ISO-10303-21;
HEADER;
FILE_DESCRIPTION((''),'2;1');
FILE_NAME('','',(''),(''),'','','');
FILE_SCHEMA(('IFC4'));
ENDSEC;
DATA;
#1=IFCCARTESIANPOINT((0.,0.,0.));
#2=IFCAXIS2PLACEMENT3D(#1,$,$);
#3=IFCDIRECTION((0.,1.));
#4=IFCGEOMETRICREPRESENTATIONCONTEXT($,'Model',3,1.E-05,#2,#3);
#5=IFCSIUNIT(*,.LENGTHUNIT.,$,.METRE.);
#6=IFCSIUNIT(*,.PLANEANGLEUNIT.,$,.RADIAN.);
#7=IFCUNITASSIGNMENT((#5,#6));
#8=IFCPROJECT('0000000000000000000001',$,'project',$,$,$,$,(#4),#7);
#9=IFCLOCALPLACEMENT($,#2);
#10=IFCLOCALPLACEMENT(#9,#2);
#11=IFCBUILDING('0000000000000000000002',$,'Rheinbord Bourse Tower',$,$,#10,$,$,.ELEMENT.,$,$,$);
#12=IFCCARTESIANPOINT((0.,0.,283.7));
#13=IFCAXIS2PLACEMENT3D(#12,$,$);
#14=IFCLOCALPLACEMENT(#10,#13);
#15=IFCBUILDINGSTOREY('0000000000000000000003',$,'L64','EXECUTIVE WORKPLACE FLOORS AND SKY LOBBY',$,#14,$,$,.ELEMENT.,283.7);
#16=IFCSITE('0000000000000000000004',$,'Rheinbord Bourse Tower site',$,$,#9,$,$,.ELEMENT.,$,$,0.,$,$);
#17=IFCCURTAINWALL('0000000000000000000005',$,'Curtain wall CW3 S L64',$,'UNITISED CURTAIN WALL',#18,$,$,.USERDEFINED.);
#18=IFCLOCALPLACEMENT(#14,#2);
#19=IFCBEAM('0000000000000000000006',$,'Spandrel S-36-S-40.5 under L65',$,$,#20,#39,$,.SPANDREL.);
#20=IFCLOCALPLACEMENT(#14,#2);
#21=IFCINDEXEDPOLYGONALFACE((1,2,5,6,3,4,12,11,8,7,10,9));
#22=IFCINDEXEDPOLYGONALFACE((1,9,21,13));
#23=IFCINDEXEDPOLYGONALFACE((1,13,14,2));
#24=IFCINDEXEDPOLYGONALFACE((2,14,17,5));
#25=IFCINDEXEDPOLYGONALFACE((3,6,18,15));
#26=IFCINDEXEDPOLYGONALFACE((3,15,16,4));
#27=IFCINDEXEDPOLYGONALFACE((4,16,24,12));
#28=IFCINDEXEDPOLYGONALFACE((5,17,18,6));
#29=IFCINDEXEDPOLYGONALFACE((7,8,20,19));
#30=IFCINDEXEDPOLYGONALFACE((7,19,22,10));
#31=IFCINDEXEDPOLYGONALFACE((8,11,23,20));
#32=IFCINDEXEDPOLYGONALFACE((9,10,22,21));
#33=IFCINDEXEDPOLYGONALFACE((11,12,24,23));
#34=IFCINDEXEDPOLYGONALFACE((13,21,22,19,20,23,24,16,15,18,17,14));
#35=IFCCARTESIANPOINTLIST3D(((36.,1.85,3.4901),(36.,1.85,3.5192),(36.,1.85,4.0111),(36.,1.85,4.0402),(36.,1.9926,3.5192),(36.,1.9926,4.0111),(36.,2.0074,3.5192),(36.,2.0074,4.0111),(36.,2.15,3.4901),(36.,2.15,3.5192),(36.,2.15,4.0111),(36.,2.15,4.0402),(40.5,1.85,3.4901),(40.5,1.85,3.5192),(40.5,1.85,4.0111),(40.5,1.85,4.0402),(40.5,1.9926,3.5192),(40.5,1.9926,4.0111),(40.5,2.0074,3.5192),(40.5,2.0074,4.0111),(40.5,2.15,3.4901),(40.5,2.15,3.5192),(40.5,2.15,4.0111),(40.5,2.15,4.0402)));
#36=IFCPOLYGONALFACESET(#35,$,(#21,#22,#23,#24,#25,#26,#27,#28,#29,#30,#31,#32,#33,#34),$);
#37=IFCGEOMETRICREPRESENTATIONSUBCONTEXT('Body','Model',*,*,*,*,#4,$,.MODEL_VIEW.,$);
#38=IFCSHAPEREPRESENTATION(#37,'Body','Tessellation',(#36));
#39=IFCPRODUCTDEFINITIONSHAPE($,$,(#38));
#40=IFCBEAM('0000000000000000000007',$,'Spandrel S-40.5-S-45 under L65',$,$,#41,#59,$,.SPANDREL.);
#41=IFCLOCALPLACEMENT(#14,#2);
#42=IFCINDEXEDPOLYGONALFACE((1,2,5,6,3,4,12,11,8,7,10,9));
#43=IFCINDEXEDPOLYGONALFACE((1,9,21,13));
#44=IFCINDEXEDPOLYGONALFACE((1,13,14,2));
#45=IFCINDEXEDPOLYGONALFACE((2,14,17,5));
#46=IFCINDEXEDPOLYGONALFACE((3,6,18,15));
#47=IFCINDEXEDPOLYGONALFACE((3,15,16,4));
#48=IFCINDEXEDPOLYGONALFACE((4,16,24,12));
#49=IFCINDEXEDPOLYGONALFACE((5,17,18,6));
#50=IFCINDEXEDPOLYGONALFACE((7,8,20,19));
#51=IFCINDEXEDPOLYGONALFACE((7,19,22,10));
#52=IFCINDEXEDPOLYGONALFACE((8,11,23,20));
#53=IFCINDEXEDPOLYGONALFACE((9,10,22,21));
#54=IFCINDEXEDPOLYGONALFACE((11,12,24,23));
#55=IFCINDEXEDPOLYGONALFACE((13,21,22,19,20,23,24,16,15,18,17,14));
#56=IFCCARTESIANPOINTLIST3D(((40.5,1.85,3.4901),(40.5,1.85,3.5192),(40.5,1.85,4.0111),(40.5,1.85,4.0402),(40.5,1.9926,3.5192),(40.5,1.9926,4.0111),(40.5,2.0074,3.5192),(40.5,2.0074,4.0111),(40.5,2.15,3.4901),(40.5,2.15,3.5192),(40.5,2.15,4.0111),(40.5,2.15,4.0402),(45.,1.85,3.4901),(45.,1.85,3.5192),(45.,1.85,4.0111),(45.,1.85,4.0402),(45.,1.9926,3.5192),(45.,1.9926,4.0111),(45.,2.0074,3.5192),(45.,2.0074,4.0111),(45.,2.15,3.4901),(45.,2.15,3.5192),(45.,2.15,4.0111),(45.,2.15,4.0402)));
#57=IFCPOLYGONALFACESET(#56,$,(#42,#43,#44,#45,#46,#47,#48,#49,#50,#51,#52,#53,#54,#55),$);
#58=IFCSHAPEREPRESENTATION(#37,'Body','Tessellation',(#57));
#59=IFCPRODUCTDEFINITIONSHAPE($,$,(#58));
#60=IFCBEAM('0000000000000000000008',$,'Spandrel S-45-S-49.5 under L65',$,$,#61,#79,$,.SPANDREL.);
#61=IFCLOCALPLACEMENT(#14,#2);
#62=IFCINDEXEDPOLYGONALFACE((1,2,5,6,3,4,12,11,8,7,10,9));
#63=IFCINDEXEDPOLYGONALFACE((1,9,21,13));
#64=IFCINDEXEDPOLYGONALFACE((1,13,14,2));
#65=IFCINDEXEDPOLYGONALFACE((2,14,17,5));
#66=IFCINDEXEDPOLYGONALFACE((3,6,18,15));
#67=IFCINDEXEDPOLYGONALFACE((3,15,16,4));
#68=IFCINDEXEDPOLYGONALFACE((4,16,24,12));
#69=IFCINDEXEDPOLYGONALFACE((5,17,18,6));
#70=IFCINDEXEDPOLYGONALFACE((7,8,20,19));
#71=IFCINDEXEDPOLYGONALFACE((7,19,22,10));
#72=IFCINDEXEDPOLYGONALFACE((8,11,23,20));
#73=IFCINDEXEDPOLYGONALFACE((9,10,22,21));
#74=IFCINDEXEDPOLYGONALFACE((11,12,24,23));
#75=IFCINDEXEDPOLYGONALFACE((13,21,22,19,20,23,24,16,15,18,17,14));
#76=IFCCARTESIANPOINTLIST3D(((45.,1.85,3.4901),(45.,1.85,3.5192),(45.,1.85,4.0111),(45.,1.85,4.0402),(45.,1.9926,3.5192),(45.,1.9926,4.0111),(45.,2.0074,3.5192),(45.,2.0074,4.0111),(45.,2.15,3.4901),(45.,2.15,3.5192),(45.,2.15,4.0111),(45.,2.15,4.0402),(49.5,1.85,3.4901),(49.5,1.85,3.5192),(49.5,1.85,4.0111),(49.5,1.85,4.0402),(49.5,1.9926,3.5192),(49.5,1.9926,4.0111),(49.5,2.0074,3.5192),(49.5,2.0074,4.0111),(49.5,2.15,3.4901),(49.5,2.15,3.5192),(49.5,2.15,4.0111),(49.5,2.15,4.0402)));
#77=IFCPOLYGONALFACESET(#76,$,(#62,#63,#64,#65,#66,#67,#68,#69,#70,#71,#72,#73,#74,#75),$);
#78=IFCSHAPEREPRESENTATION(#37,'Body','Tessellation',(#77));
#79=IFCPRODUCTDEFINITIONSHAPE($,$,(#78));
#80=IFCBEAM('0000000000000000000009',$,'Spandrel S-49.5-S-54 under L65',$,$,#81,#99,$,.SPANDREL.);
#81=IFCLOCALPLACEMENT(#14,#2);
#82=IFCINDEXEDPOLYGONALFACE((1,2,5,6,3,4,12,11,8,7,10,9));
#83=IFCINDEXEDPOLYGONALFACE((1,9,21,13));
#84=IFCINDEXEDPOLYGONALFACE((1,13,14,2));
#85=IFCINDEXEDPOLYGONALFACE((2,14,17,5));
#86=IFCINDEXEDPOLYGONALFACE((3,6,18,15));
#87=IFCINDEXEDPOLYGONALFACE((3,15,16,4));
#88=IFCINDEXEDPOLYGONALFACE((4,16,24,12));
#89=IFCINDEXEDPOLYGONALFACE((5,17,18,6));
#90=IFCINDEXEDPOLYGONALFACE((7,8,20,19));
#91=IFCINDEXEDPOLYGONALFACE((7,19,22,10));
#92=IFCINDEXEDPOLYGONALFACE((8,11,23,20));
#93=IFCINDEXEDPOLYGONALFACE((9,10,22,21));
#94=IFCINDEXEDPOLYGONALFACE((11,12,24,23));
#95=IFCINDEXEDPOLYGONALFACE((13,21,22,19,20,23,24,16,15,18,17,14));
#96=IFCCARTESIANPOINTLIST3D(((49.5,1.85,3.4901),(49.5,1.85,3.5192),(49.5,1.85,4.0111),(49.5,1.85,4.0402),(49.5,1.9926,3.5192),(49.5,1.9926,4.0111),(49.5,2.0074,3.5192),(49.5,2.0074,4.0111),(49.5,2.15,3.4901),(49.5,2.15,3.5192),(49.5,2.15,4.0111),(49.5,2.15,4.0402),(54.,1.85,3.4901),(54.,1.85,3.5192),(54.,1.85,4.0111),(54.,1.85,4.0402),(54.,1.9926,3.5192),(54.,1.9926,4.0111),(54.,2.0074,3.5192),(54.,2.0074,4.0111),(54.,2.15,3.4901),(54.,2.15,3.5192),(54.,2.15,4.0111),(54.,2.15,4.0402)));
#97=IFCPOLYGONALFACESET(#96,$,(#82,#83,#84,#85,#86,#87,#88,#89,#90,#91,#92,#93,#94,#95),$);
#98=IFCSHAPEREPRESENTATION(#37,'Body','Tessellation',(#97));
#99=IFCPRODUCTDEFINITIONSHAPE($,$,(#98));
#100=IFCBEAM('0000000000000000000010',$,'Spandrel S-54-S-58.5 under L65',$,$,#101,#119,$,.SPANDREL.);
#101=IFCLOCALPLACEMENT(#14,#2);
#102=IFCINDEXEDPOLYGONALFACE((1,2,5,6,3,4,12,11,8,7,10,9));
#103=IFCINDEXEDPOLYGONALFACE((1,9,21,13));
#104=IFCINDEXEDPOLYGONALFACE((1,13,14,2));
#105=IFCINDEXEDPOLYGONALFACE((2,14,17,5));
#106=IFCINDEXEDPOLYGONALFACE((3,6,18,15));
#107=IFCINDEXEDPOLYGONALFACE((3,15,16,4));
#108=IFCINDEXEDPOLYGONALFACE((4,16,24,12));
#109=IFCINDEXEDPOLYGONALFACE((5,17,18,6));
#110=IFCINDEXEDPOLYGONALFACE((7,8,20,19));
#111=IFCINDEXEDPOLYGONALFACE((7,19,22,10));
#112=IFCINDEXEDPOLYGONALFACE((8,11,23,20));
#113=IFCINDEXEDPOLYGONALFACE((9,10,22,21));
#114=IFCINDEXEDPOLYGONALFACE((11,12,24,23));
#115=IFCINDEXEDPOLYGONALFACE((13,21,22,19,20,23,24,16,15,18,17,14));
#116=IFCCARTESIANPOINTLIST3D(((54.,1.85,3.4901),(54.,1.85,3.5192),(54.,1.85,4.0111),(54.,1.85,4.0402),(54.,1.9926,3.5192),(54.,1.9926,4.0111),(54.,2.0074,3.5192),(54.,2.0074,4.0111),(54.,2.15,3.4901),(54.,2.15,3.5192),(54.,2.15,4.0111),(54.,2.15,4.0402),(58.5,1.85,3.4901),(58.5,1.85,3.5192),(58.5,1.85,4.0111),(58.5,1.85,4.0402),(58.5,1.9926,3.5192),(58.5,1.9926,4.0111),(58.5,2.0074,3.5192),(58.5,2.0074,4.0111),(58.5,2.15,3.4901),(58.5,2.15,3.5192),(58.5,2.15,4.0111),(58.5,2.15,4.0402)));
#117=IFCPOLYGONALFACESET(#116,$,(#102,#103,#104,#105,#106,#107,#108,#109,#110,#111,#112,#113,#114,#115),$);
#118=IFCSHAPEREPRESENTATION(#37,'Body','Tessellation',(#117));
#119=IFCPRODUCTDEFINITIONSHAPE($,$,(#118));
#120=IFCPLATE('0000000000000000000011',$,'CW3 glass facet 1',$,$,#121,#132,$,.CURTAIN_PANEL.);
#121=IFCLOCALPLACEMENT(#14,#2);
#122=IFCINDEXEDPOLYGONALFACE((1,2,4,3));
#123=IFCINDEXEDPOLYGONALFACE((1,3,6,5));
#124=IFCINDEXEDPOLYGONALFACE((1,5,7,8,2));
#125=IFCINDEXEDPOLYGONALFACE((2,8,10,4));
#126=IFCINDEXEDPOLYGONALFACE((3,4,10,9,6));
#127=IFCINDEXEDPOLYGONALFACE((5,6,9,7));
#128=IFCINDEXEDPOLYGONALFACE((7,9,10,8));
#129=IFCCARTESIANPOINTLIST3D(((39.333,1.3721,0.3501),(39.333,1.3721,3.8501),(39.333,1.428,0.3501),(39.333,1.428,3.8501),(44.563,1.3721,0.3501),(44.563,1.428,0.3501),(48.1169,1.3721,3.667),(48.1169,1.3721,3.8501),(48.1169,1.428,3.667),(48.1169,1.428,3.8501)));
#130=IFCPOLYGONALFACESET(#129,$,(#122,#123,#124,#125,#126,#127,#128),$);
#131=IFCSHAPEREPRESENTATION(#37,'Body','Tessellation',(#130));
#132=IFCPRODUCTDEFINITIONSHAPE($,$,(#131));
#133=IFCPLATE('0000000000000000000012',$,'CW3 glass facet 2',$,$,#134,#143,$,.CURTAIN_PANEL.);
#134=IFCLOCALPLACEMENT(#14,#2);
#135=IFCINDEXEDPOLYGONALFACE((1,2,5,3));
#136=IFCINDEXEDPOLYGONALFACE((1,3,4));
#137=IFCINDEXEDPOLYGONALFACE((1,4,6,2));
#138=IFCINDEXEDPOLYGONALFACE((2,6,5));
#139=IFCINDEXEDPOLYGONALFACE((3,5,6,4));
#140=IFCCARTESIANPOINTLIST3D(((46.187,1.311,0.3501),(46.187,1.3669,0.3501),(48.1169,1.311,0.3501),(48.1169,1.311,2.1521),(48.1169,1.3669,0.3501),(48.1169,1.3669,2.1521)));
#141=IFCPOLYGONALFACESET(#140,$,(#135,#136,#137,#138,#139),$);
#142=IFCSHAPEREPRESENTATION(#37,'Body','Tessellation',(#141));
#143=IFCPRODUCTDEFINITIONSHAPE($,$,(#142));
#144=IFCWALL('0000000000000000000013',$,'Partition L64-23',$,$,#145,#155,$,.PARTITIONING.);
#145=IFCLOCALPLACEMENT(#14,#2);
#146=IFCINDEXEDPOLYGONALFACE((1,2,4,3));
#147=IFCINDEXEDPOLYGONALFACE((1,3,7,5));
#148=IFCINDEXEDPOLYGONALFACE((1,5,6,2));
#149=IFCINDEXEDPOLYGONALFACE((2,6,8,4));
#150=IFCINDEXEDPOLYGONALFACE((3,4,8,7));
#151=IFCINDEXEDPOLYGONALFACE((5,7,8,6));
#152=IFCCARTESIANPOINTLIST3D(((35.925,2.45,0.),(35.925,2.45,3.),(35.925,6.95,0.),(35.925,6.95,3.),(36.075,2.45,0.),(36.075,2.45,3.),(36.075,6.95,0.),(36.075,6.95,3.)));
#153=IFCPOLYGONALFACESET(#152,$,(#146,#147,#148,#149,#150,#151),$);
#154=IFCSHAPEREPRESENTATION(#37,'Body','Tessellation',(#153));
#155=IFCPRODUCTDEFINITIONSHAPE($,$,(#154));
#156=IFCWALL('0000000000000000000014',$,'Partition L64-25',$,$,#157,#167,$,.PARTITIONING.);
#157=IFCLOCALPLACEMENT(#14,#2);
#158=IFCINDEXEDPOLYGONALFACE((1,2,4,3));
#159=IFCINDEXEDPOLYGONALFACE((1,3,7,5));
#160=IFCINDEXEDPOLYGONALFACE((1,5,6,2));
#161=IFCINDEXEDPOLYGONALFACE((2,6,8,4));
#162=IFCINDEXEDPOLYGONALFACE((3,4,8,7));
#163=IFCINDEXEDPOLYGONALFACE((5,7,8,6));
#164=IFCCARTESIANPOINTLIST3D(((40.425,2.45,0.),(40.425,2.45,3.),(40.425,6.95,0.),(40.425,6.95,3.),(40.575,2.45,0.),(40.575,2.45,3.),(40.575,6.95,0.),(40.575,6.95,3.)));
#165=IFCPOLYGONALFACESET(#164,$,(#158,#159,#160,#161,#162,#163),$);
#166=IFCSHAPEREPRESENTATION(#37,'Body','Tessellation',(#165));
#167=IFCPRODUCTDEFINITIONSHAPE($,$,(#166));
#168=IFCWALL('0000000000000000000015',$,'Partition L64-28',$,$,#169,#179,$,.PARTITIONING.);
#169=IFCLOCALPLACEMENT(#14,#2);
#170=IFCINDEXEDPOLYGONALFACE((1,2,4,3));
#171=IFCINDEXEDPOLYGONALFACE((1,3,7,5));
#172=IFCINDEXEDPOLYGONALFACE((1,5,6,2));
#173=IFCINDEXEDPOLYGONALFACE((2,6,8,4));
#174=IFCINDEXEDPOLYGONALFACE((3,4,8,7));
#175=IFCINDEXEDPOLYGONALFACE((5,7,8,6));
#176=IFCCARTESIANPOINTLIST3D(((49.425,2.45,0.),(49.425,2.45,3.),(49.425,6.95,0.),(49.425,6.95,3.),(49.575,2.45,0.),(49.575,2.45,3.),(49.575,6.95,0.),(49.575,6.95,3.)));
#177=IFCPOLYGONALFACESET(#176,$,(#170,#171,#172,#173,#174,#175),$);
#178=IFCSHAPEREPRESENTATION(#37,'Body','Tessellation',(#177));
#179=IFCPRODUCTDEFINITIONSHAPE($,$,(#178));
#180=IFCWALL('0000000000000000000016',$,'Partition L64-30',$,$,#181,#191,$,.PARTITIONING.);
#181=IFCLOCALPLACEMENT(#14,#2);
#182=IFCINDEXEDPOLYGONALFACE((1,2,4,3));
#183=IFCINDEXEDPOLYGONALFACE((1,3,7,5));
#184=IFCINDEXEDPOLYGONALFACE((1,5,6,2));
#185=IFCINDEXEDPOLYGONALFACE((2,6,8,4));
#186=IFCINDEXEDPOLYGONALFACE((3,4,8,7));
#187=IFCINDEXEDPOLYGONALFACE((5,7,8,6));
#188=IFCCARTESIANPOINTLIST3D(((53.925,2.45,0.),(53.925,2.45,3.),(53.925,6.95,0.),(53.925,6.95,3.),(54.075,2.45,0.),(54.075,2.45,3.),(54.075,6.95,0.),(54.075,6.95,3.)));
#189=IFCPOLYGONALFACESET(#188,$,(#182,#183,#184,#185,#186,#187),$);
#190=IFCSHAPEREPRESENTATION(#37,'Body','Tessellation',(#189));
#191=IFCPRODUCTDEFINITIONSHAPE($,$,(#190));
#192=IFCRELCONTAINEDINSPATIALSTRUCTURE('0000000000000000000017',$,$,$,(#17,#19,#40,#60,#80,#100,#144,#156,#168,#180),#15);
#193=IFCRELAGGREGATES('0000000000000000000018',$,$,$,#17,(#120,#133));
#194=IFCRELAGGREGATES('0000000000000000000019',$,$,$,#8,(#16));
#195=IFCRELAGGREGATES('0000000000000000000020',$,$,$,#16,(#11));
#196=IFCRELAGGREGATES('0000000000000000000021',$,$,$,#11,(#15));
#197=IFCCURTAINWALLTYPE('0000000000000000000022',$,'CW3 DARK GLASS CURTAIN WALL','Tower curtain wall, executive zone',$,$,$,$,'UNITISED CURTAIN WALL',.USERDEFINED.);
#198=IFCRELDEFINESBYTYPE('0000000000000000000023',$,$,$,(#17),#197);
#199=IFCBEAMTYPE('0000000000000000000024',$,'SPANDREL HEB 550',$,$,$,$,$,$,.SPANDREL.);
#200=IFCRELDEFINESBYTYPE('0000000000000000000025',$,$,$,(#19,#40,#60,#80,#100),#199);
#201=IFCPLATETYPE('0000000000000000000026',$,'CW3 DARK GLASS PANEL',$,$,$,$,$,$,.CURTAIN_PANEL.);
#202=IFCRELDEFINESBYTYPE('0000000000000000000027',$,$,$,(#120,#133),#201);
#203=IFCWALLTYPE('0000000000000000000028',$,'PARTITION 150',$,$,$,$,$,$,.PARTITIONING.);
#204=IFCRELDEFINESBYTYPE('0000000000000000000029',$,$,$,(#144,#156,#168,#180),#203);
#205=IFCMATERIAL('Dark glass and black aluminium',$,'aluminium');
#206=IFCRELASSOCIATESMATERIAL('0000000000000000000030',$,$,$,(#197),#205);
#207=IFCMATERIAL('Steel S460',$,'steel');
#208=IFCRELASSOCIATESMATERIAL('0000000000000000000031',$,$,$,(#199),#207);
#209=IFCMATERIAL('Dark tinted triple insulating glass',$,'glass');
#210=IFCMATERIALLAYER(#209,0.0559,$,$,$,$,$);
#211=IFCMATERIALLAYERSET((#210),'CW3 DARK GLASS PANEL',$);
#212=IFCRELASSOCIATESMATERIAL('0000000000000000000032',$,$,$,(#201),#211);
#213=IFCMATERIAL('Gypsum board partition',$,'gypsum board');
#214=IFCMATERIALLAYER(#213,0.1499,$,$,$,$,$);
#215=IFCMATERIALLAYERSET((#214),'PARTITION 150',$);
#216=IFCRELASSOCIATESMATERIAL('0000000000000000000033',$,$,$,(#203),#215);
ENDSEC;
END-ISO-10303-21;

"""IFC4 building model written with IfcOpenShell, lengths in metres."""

from ifc_helpers import new_model, si_unit, direction, frame, frame_2d, origin, origin_2d, place, context, subcontext, project, spatial, polyline, rectangle, i_section, outline, extrude, material, layer, layer_set, material_profile, profile_set, type_object, element, aggregate, save


model = new_model("IFC4")

# Units and contexts
model_context = context("Model", 3, precision=1e-05, world=origin(), true_north=direction((0.0, 1.0)))
body_context = subcontext(model_context, "Body", "Model", "MODEL_VIEW")
ifc_project = project(units=[si_unit("LENGTHUNIT", "METRE"), si_unit("PLANEANGLEUNIT", "RADIAN")], contexts=[model_context])

# Site, building, storey
site_placement = place(None, origin())
site = spatial("IfcSite", under=ifc_project, at=site_placement, Name="Rheinbord Bourse Tower site", CompositionType="ELEMENT", RefElevation=0.0)
building_placement = place(site_placement, origin())
building = spatial("IfcBuilding", under=site, at=building_placement, Name="Rheinbord Bourse Tower", CompositionType="ELEMENT")
storey_placement = place(building_placement, frame((0.0, 0.0, 283.7)))
storey = spatial("IfcBuildingStorey", under=building, at=storey_placement, Name="L64", Description="EXECUTIVE WORKPLACE FLOORS AND SKY LOBBY", CompositionType="ELEMENT", Elevation=283.7)

# Curtain wall
ifc_material_1 = material(Name="Dark glass and black aluminium", Category="aluminium")
curtain_wall_type = type_object("IfcCurtainWallType", Name="CW3 DARK GLASS CURTAIN WALL", Description="Tower curtain wall, executive zone", ElementType="UNITISED CURTAIN WALL", PredefinedType="USERDEFINED", material=ifc_material_1)
curtain_wall_placement = place(storey_placement, origin())
curtain_wall = element("IfcCurtainWall", 1, at=curtain_wall_placement, inside=storey, type_object=curtain_wall_type, Name="Curtain wall CW3 S L64", ObjectType="UNITISED CURTAIN WALL", PredefinedType="USERDEFINED")

# Beams
ifc_material_2 = material(Name="Steel S460", Category="steel")
ifc_material_profile_1 = material_profile(ifc_material_2, i_section(OverallWidth=0.3, OverallDepth=0.55, WebThickness=0.0149, FlangeThickness=0.0291, at=origin_2d()), Name="HEB 550")
ifc_profile_set_1 = profile_set([ifc_material_profile_1], Name="Steel S460")
beam_type_1 = type_object("IfcBeamType", Name="SPANDREL HEB 550", PredefinedType="SPANDREL", material=ifc_profile_set_1)
for number, where, z_axis, x_axis, name in (
    (2, (36.0, 2.0, 3.7651), (1.0, 0.0, 0.0), (0.0, 1.0, 0.0), "Spandrel S-36-S-40.5 under L65"),
    (3, (40.5, 2.0, 3.7651), (1.0, 0.0, 0.0), (0.0, 1.0, 0.0), "Spandrel S-40.5-S-45 under L65"),
    (4, (45.0, 2.0, 3.7651), (1.0, 0.0, 0.0), (0.0, 1.0, 0.0), "Spandrel S-45-S-49.5 under L65"),
    (5, (49.5, 2.0, 3.7651), (1.0, 0.0, 0.0), (0.0, 1.0, 0.0), "Spandrel S-49.5-S-54 under L65"),
    (6, (54.0, 2.0, 3.7651), (1.0, 0.0, 0.0), (0.0, 1.0, 0.0), "Spandrel S-54-S-58.5 under L65"),
):
    element("IfcBeam", number, at=place(storey_placement, frame(where, z_axis=z_axis, x_axis=x_axis)), inside=storey, type_object=beam_type_1, Name=name, PredefinedType="SPANDREL", context=body_context, shape_type="SweptSolid", body=[
        extrude(i_section(OverallWidth=0.3, OverallDepth=0.55, WebThickness=0.0149, FlangeThickness=0.0291, at=origin_2d()), origin(), (0.0, 0.0, 1.0), 4.5),
    ])

# Plates
ifc_material_3 = material(Name="Dark tinted triple insulating glass", Category="glass")
ifc_layer_1 = layer(ifc_material_3, 0.0559)
ifc_layer_set_1 = layer_set([ifc_layer_1], Name="CW3 DARK GLASS PANEL")
plate_type = type_object("IfcPlateType", Name="CW3 DARK GLASS PANEL", PredefinedType="CURTAIN_PANEL", material=ifc_layer_set_1)
plate_1_placement = place(storey_placement, frame((39.333, 1.3721, 0.3501), z_axis=(0.0, 1.0, 0.0), x_axis=(0.0, 0.0, 1.0)))
plate_1 = element("IfcPlate", 7, at=plate_1_placement, type_object=plate_type, Name="CW3 glass facet 1", PredefinedType="CURTAIN_PANEL", context=body_context, shape_type="SweptSolid", body=[
    extrude(outline(polyline([(0.0, 0.0), (3.5, 0.0), (3.5, 8.7839), (3.3169, 8.7839), (0.0, 5.23), (0.0, 0.0)])), origin(), (0.0, 0.0, 1.0), 0.0559),
])
plate_2_placement = place(storey_placement, frame((48.1169, 1.311, 0.3501), z_axis=(0.0, 1.0, 0.0), x_axis=(-1.0, 0.0, 0.0)))
plate_2 = element("IfcPlate", 8, at=plate_2_placement, type_object=plate_type, Name="CW3 glass facet 2", PredefinedType="CURTAIN_PANEL", context=body_context, shape_type="SweptSolid", body=[
    extrude(outline(polyline([(0.0, 0.0), (1.9299, 0.0), (0.0, 1.802), (0.0, 0.0)])), origin(), (0.0, 0.0, 1.0), 0.0559),
])
aggregate(curtain_wall, [plate_1, plate_2])

# Walls
ifc_material_4 = material(Name="Gypsum board partition", Category="gypsum board")
ifc_layer_2 = layer(ifc_material_4, 0.1499)
ifc_layer_set_2 = layer_set([ifc_layer_2], Name="PARTITION 150")
wall_type = type_object("IfcWallType", Name="PARTITION 150", PredefinedType="PARTITIONING", material=ifc_layer_set_2)
for number, where, z_axis, x_axis, name in (
    (9, (36.0, 2.45, 0.0), (0.0, 0.0, 1.0), (0.0, 1.0, 0.0), "Partition L64-23"),
    (10, (40.5, 2.45, 0.0), (0.0, 0.0, 1.0), (0.0, 1.0, 0.0), "Partition L64-25"),
    (11, (49.5, 2.45, 0.0), (0.0, 0.0, 1.0), (0.0, 1.0, 0.0), "Partition L64-28"),
    (12, (54.0, 2.45, 0.0), (0.0, 0.0, 1.0), (0.0, 1.0, 0.0), "Partition L64-30"),
):
    element("IfcWall", number, at=place(storey_placement, frame(where, z_axis=z_axis, x_axis=x_axis)), inside=storey, type_object=wall_type, Name=name, PredefinedType="PARTITIONING", context=body_context, shape_type="SweptSolid", body=[
        extrude(rectangle(XDim=4.5, YDim=0.1499, at=frame_2d((2.25, 0.0))), origin(), (0.0, 0.0, 1.0), 3.0),
    ])

save(model, "model.ifc")
